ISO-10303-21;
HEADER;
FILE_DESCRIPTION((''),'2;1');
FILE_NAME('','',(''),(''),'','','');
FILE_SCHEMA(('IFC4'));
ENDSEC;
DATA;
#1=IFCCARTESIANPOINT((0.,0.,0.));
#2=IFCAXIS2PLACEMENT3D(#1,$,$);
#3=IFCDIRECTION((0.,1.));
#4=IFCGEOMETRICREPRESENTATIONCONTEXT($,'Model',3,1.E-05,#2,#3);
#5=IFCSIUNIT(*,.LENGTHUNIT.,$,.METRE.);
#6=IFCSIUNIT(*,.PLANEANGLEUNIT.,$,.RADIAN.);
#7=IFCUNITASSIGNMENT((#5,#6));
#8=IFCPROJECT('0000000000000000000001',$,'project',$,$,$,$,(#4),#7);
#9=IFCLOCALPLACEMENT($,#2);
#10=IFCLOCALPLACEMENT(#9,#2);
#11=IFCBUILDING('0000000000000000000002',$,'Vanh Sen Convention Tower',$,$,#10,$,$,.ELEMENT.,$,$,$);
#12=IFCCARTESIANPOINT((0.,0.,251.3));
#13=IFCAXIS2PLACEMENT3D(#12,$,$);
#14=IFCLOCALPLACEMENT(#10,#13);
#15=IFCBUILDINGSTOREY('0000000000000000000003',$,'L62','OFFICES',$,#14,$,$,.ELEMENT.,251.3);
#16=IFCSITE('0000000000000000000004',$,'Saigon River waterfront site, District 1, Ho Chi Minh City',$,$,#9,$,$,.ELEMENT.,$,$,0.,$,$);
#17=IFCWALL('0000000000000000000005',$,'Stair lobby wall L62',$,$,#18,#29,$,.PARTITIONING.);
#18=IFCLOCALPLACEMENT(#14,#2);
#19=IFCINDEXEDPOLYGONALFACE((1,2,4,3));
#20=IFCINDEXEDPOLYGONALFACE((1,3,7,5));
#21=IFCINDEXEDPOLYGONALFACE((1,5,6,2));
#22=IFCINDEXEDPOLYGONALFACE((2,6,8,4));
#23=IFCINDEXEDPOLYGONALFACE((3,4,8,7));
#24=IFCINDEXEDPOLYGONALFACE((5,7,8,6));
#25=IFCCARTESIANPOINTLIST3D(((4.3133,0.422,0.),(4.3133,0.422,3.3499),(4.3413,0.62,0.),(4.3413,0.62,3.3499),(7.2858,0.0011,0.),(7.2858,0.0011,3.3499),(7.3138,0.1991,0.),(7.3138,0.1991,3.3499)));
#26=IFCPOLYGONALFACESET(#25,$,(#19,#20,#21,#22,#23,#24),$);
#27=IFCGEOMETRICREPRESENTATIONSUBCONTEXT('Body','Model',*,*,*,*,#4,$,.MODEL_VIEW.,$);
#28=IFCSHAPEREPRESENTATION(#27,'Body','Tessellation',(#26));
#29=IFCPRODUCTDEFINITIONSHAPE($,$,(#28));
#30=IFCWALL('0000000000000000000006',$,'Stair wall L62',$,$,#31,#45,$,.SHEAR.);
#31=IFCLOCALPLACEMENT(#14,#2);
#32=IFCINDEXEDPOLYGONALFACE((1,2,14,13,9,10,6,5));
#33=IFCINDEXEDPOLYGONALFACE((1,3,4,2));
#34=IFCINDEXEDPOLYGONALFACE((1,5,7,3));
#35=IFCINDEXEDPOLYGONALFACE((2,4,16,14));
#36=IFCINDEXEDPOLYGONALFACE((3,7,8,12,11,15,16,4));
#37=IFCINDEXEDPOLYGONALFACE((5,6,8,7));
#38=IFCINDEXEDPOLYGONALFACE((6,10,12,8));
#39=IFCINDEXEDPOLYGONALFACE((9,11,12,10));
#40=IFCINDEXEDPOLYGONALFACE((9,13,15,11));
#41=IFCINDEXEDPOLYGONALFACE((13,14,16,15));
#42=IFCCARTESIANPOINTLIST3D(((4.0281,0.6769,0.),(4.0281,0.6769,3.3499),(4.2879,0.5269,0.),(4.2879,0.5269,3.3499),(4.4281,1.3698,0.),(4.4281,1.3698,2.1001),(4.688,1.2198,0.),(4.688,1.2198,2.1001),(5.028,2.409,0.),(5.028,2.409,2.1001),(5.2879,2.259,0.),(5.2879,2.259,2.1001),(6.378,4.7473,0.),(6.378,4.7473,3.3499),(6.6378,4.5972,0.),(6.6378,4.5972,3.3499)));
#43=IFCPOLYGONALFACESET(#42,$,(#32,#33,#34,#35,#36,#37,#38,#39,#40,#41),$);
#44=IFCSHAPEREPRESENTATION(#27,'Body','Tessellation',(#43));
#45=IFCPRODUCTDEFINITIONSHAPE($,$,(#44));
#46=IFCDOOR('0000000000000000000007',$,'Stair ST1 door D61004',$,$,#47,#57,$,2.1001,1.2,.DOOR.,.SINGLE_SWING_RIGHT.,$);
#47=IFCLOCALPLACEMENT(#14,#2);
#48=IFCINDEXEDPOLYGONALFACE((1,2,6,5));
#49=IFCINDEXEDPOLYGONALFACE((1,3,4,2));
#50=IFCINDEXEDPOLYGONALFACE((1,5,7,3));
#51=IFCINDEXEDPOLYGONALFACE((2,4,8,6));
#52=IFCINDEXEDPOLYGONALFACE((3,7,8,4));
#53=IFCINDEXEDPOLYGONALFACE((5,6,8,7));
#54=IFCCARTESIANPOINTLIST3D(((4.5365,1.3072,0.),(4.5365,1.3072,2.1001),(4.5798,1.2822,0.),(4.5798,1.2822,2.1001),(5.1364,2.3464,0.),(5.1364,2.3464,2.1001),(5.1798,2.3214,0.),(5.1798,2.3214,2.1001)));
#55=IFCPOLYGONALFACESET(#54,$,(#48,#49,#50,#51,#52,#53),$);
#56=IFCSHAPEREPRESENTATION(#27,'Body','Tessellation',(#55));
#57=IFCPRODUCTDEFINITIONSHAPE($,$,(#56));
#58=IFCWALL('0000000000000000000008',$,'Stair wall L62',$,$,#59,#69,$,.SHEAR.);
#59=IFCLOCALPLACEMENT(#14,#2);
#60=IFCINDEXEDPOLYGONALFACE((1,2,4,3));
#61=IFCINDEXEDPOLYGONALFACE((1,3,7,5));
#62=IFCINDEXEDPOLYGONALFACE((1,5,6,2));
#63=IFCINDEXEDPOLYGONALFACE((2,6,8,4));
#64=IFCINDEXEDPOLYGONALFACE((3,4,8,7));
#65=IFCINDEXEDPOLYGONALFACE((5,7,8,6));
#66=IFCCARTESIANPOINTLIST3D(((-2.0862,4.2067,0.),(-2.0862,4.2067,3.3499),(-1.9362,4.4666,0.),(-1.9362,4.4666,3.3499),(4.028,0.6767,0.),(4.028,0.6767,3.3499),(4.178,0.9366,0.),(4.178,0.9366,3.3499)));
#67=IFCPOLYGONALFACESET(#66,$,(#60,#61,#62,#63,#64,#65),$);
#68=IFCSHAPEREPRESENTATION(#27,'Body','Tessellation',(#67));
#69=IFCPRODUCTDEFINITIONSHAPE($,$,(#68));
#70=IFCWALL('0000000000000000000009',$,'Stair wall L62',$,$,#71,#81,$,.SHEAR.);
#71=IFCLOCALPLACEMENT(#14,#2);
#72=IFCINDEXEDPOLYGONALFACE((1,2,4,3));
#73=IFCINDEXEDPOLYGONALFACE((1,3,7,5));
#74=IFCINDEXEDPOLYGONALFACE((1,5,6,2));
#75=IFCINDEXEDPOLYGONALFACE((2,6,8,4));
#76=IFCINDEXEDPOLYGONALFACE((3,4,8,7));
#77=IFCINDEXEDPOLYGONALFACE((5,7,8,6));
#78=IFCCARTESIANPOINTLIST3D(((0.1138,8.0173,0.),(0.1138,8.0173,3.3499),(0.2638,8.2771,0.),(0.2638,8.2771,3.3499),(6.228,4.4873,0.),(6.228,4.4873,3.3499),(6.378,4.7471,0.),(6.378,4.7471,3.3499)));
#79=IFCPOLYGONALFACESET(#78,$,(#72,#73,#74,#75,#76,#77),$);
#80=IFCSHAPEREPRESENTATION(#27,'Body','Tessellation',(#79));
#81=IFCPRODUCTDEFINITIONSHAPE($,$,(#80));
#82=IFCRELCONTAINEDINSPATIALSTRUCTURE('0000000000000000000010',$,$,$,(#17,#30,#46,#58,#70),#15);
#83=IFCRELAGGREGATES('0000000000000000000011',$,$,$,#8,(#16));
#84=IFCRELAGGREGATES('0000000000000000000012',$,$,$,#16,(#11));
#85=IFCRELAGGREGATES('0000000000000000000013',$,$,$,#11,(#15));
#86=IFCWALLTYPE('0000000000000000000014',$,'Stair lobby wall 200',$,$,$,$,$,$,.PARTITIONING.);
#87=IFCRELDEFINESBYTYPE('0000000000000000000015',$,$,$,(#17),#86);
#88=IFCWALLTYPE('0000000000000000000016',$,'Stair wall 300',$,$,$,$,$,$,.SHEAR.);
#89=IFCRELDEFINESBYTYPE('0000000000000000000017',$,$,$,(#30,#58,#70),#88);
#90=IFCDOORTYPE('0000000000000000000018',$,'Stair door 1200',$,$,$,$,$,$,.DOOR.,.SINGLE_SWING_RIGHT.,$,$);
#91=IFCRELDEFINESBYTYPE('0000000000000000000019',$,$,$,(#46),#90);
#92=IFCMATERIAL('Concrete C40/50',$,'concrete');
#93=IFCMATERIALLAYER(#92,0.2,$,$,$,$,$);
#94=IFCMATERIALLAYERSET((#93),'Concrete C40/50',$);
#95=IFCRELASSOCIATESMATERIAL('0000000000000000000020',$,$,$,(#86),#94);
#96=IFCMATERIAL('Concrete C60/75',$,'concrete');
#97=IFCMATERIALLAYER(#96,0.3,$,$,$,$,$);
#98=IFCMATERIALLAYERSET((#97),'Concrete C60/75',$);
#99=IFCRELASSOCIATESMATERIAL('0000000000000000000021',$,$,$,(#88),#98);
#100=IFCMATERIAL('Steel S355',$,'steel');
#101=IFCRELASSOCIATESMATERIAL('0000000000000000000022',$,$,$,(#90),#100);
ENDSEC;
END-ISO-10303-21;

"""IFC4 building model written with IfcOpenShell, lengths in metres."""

from ifc_helpers import new_model, si_unit, direction, frame, frame_2d, origin, place, context, subcontext, project, spatial, rectangle, extrude, material, layer, layer_set, type_object, element, fill, save


model = new_model("IFC4")

# Units and contexts
model_context = context("Model", 3, precision=1e-05, world=origin(), true_north=direction((0.0, 1.0)))
body_context = subcontext(model_context, "Body", "Model", "MODEL_VIEW")
ifc_project = project(units=[si_unit("LENGTHUNIT", "METRE"), si_unit("PLANEANGLEUNIT", "RADIAN")], contexts=[model_context])

# Site, building, storey
site_placement = place(None, origin())
site = spatial("IfcSite", under=ifc_project, at=site_placement, Name="Saigon River waterfront site, District 1, Ho Chi Minh City", CompositionType="ELEMENT", RefElevation=0.0)
building_placement = place(site_placement, origin())
building = spatial("IfcBuilding", under=site, at=building_placement, Name="Vanh Sen Convention Tower", CompositionType="ELEMENT")
storey_placement = place(building_placement, frame((0.0, 0.0, 251.3)))
storey = spatial("IfcBuildingStorey", under=building, at=storey_placement, Name="L62", Description="OFFICES", CompositionType="ELEMENT", Elevation=251.3)

# Shared definitions
ifc_material_1 = material(Name="Concrete C40/50", Category="concrete")

# Shared definitions
ifc_material_2 = material(Name="Concrete C60/75", Category="concrete")
ifc_material_3 = material(Name="Steel S355", Category="steel")

# Wall
ifc_layer_1 = layer(ifc_material_1, 0.2)
ifc_layer_set_1 = layer_set([ifc_layer_1], Name="Concrete C40/50")
wall_type_1 = type_object("IfcWallType", Name="Stair lobby wall 200", PredefinedType="PARTITIONING", material=ifc_layer_set_1)
wall_1_placement = place(storey_placement, frame((4.3274, 0.521, 0.0), z_axis=(0.0, 0.0, 1.0), x_axis=(0.990124, -0.140192, 0.0)))
element("IfcWall", 1, at=wall_1_placement, inside=storey, type_object=wall_type_1, Name="Stair lobby wall L62", PredefinedType="PARTITIONING", context=body_context, shape_type="SweptSolid", body=[
    extrude(rectangle(XDim=3.0022, YDim=0.2, at=frame_2d((1.501, 0.0))), origin(), (0.0, 0.0, 1.0), 3.3499),
])

# Wall, opening, door
ifc_layer_2 = layer(ifc_material_2, 0.3)
ifc_layer_set_2 = layer_set([ifc_layer_2], Name="Concrete C60/75")
wall_type_2 = type_object("IfcWallType", Name="Stair wall 300", PredefinedType="SHEAR", material=ifc_layer_set_2)
wall_2_placement = place(storey_placement, frame((4.158, 0.6018, 0.0), z_axis=(0.0, 0.0, 1.0), x_axis=(0.499977, 0.866039, 0.0)))
wall_2 = element("IfcWall", 2, at=wall_2_placement, inside=storey, type_object=wall_type_2, Name="Stair wall L62", PredefinedType="SHEAR", context=body_context, shape_type="SweptSolid", body=[
    extrude(rectangle(XDim=4.7, YDim=0.3, at=frame_2d((2.3501, 0.0))), origin(), (0.0, 0.0, 1.0), 3.3499),
])
opening_1_placement = place(wall_2_placement, frame((0.8, 0.0, 0.0)))
opening_1 = element("IfcOpeningElement", 3, at=opening_1_placement, cuts=wall_2, PredefinedType="OPENING", context=body_context, shape_type="SweptSolid", body=[
    extrude(rectangle(XDim=1.2, YDim=2.1001, at=frame_2d((0.6001, 1.05))), frame((0.0, 0.1599, 0.0), z_axis=(0.0, -1.0, 0.0), x_axis=(1.0, 0.0, 0.0)), (0.0, 0.0, 1.0), 0.3201),
])
door_type_1 = type_object("IfcDoorType", Name="Stair door 1200", OperationType="SINGLE_SWING_RIGHT", PredefinedType="DOOR", material=ifc_material_3)
door_1_placement = place(opening_1_placement, origin())
door_1 = element("IfcDoor", 4, at=door_1_placement, inside=storey, type_object=door_type_1, Name="Stair ST1 door D61004", OperationType="SINGLE_SWING_RIGHT", OverallHeight=2.1001, OverallWidth=1.2, PredefinedType="DOOR", context=body_context, shape_type="SweptSolid", body=[
    extrude(rectangle(XDim=1.2, YDim=2.1001, at=frame_2d((0.6001, 1.05))), frame((0.0, 0.0249, 0.0), z_axis=(0.0, -1.0, 0.0), x_axis=(1.0, 0.0, 0.0)), (0.0, 0.0, 1.0), 0.05),
])
fill(opening_1, door_1)

# Walls
for number, where, z_axis, x_axis, name in (
    (5, (4.103, 0.8066, 0.0), (0.0, 0.0, 1.0), (-0.866028, 0.499996, 0.0), "Stair wall L62"),
    (6, (6.303, 4.6172, 0.0), (0.0, 0.0, 1.0), (-0.866028, 0.499996, 0.0), "Stair wall L62"),
):
    element("IfcWall", number, at=place(storey_placement, frame(where, z_axis=z_axis, x_axis=x_axis)), inside=storey, type_object=wall_type_2, Name=name, PredefinedType="SHEAR", context=body_context, shape_type="SweptSolid", body=[
        extrude(rectangle(XDim=7.0601, YDim=0.3, at=frame_2d((3.53, 0.0))), origin(), (0.0, 0.0, 1.0), 3.3499),
    ])

save(model, "model.ifc")
